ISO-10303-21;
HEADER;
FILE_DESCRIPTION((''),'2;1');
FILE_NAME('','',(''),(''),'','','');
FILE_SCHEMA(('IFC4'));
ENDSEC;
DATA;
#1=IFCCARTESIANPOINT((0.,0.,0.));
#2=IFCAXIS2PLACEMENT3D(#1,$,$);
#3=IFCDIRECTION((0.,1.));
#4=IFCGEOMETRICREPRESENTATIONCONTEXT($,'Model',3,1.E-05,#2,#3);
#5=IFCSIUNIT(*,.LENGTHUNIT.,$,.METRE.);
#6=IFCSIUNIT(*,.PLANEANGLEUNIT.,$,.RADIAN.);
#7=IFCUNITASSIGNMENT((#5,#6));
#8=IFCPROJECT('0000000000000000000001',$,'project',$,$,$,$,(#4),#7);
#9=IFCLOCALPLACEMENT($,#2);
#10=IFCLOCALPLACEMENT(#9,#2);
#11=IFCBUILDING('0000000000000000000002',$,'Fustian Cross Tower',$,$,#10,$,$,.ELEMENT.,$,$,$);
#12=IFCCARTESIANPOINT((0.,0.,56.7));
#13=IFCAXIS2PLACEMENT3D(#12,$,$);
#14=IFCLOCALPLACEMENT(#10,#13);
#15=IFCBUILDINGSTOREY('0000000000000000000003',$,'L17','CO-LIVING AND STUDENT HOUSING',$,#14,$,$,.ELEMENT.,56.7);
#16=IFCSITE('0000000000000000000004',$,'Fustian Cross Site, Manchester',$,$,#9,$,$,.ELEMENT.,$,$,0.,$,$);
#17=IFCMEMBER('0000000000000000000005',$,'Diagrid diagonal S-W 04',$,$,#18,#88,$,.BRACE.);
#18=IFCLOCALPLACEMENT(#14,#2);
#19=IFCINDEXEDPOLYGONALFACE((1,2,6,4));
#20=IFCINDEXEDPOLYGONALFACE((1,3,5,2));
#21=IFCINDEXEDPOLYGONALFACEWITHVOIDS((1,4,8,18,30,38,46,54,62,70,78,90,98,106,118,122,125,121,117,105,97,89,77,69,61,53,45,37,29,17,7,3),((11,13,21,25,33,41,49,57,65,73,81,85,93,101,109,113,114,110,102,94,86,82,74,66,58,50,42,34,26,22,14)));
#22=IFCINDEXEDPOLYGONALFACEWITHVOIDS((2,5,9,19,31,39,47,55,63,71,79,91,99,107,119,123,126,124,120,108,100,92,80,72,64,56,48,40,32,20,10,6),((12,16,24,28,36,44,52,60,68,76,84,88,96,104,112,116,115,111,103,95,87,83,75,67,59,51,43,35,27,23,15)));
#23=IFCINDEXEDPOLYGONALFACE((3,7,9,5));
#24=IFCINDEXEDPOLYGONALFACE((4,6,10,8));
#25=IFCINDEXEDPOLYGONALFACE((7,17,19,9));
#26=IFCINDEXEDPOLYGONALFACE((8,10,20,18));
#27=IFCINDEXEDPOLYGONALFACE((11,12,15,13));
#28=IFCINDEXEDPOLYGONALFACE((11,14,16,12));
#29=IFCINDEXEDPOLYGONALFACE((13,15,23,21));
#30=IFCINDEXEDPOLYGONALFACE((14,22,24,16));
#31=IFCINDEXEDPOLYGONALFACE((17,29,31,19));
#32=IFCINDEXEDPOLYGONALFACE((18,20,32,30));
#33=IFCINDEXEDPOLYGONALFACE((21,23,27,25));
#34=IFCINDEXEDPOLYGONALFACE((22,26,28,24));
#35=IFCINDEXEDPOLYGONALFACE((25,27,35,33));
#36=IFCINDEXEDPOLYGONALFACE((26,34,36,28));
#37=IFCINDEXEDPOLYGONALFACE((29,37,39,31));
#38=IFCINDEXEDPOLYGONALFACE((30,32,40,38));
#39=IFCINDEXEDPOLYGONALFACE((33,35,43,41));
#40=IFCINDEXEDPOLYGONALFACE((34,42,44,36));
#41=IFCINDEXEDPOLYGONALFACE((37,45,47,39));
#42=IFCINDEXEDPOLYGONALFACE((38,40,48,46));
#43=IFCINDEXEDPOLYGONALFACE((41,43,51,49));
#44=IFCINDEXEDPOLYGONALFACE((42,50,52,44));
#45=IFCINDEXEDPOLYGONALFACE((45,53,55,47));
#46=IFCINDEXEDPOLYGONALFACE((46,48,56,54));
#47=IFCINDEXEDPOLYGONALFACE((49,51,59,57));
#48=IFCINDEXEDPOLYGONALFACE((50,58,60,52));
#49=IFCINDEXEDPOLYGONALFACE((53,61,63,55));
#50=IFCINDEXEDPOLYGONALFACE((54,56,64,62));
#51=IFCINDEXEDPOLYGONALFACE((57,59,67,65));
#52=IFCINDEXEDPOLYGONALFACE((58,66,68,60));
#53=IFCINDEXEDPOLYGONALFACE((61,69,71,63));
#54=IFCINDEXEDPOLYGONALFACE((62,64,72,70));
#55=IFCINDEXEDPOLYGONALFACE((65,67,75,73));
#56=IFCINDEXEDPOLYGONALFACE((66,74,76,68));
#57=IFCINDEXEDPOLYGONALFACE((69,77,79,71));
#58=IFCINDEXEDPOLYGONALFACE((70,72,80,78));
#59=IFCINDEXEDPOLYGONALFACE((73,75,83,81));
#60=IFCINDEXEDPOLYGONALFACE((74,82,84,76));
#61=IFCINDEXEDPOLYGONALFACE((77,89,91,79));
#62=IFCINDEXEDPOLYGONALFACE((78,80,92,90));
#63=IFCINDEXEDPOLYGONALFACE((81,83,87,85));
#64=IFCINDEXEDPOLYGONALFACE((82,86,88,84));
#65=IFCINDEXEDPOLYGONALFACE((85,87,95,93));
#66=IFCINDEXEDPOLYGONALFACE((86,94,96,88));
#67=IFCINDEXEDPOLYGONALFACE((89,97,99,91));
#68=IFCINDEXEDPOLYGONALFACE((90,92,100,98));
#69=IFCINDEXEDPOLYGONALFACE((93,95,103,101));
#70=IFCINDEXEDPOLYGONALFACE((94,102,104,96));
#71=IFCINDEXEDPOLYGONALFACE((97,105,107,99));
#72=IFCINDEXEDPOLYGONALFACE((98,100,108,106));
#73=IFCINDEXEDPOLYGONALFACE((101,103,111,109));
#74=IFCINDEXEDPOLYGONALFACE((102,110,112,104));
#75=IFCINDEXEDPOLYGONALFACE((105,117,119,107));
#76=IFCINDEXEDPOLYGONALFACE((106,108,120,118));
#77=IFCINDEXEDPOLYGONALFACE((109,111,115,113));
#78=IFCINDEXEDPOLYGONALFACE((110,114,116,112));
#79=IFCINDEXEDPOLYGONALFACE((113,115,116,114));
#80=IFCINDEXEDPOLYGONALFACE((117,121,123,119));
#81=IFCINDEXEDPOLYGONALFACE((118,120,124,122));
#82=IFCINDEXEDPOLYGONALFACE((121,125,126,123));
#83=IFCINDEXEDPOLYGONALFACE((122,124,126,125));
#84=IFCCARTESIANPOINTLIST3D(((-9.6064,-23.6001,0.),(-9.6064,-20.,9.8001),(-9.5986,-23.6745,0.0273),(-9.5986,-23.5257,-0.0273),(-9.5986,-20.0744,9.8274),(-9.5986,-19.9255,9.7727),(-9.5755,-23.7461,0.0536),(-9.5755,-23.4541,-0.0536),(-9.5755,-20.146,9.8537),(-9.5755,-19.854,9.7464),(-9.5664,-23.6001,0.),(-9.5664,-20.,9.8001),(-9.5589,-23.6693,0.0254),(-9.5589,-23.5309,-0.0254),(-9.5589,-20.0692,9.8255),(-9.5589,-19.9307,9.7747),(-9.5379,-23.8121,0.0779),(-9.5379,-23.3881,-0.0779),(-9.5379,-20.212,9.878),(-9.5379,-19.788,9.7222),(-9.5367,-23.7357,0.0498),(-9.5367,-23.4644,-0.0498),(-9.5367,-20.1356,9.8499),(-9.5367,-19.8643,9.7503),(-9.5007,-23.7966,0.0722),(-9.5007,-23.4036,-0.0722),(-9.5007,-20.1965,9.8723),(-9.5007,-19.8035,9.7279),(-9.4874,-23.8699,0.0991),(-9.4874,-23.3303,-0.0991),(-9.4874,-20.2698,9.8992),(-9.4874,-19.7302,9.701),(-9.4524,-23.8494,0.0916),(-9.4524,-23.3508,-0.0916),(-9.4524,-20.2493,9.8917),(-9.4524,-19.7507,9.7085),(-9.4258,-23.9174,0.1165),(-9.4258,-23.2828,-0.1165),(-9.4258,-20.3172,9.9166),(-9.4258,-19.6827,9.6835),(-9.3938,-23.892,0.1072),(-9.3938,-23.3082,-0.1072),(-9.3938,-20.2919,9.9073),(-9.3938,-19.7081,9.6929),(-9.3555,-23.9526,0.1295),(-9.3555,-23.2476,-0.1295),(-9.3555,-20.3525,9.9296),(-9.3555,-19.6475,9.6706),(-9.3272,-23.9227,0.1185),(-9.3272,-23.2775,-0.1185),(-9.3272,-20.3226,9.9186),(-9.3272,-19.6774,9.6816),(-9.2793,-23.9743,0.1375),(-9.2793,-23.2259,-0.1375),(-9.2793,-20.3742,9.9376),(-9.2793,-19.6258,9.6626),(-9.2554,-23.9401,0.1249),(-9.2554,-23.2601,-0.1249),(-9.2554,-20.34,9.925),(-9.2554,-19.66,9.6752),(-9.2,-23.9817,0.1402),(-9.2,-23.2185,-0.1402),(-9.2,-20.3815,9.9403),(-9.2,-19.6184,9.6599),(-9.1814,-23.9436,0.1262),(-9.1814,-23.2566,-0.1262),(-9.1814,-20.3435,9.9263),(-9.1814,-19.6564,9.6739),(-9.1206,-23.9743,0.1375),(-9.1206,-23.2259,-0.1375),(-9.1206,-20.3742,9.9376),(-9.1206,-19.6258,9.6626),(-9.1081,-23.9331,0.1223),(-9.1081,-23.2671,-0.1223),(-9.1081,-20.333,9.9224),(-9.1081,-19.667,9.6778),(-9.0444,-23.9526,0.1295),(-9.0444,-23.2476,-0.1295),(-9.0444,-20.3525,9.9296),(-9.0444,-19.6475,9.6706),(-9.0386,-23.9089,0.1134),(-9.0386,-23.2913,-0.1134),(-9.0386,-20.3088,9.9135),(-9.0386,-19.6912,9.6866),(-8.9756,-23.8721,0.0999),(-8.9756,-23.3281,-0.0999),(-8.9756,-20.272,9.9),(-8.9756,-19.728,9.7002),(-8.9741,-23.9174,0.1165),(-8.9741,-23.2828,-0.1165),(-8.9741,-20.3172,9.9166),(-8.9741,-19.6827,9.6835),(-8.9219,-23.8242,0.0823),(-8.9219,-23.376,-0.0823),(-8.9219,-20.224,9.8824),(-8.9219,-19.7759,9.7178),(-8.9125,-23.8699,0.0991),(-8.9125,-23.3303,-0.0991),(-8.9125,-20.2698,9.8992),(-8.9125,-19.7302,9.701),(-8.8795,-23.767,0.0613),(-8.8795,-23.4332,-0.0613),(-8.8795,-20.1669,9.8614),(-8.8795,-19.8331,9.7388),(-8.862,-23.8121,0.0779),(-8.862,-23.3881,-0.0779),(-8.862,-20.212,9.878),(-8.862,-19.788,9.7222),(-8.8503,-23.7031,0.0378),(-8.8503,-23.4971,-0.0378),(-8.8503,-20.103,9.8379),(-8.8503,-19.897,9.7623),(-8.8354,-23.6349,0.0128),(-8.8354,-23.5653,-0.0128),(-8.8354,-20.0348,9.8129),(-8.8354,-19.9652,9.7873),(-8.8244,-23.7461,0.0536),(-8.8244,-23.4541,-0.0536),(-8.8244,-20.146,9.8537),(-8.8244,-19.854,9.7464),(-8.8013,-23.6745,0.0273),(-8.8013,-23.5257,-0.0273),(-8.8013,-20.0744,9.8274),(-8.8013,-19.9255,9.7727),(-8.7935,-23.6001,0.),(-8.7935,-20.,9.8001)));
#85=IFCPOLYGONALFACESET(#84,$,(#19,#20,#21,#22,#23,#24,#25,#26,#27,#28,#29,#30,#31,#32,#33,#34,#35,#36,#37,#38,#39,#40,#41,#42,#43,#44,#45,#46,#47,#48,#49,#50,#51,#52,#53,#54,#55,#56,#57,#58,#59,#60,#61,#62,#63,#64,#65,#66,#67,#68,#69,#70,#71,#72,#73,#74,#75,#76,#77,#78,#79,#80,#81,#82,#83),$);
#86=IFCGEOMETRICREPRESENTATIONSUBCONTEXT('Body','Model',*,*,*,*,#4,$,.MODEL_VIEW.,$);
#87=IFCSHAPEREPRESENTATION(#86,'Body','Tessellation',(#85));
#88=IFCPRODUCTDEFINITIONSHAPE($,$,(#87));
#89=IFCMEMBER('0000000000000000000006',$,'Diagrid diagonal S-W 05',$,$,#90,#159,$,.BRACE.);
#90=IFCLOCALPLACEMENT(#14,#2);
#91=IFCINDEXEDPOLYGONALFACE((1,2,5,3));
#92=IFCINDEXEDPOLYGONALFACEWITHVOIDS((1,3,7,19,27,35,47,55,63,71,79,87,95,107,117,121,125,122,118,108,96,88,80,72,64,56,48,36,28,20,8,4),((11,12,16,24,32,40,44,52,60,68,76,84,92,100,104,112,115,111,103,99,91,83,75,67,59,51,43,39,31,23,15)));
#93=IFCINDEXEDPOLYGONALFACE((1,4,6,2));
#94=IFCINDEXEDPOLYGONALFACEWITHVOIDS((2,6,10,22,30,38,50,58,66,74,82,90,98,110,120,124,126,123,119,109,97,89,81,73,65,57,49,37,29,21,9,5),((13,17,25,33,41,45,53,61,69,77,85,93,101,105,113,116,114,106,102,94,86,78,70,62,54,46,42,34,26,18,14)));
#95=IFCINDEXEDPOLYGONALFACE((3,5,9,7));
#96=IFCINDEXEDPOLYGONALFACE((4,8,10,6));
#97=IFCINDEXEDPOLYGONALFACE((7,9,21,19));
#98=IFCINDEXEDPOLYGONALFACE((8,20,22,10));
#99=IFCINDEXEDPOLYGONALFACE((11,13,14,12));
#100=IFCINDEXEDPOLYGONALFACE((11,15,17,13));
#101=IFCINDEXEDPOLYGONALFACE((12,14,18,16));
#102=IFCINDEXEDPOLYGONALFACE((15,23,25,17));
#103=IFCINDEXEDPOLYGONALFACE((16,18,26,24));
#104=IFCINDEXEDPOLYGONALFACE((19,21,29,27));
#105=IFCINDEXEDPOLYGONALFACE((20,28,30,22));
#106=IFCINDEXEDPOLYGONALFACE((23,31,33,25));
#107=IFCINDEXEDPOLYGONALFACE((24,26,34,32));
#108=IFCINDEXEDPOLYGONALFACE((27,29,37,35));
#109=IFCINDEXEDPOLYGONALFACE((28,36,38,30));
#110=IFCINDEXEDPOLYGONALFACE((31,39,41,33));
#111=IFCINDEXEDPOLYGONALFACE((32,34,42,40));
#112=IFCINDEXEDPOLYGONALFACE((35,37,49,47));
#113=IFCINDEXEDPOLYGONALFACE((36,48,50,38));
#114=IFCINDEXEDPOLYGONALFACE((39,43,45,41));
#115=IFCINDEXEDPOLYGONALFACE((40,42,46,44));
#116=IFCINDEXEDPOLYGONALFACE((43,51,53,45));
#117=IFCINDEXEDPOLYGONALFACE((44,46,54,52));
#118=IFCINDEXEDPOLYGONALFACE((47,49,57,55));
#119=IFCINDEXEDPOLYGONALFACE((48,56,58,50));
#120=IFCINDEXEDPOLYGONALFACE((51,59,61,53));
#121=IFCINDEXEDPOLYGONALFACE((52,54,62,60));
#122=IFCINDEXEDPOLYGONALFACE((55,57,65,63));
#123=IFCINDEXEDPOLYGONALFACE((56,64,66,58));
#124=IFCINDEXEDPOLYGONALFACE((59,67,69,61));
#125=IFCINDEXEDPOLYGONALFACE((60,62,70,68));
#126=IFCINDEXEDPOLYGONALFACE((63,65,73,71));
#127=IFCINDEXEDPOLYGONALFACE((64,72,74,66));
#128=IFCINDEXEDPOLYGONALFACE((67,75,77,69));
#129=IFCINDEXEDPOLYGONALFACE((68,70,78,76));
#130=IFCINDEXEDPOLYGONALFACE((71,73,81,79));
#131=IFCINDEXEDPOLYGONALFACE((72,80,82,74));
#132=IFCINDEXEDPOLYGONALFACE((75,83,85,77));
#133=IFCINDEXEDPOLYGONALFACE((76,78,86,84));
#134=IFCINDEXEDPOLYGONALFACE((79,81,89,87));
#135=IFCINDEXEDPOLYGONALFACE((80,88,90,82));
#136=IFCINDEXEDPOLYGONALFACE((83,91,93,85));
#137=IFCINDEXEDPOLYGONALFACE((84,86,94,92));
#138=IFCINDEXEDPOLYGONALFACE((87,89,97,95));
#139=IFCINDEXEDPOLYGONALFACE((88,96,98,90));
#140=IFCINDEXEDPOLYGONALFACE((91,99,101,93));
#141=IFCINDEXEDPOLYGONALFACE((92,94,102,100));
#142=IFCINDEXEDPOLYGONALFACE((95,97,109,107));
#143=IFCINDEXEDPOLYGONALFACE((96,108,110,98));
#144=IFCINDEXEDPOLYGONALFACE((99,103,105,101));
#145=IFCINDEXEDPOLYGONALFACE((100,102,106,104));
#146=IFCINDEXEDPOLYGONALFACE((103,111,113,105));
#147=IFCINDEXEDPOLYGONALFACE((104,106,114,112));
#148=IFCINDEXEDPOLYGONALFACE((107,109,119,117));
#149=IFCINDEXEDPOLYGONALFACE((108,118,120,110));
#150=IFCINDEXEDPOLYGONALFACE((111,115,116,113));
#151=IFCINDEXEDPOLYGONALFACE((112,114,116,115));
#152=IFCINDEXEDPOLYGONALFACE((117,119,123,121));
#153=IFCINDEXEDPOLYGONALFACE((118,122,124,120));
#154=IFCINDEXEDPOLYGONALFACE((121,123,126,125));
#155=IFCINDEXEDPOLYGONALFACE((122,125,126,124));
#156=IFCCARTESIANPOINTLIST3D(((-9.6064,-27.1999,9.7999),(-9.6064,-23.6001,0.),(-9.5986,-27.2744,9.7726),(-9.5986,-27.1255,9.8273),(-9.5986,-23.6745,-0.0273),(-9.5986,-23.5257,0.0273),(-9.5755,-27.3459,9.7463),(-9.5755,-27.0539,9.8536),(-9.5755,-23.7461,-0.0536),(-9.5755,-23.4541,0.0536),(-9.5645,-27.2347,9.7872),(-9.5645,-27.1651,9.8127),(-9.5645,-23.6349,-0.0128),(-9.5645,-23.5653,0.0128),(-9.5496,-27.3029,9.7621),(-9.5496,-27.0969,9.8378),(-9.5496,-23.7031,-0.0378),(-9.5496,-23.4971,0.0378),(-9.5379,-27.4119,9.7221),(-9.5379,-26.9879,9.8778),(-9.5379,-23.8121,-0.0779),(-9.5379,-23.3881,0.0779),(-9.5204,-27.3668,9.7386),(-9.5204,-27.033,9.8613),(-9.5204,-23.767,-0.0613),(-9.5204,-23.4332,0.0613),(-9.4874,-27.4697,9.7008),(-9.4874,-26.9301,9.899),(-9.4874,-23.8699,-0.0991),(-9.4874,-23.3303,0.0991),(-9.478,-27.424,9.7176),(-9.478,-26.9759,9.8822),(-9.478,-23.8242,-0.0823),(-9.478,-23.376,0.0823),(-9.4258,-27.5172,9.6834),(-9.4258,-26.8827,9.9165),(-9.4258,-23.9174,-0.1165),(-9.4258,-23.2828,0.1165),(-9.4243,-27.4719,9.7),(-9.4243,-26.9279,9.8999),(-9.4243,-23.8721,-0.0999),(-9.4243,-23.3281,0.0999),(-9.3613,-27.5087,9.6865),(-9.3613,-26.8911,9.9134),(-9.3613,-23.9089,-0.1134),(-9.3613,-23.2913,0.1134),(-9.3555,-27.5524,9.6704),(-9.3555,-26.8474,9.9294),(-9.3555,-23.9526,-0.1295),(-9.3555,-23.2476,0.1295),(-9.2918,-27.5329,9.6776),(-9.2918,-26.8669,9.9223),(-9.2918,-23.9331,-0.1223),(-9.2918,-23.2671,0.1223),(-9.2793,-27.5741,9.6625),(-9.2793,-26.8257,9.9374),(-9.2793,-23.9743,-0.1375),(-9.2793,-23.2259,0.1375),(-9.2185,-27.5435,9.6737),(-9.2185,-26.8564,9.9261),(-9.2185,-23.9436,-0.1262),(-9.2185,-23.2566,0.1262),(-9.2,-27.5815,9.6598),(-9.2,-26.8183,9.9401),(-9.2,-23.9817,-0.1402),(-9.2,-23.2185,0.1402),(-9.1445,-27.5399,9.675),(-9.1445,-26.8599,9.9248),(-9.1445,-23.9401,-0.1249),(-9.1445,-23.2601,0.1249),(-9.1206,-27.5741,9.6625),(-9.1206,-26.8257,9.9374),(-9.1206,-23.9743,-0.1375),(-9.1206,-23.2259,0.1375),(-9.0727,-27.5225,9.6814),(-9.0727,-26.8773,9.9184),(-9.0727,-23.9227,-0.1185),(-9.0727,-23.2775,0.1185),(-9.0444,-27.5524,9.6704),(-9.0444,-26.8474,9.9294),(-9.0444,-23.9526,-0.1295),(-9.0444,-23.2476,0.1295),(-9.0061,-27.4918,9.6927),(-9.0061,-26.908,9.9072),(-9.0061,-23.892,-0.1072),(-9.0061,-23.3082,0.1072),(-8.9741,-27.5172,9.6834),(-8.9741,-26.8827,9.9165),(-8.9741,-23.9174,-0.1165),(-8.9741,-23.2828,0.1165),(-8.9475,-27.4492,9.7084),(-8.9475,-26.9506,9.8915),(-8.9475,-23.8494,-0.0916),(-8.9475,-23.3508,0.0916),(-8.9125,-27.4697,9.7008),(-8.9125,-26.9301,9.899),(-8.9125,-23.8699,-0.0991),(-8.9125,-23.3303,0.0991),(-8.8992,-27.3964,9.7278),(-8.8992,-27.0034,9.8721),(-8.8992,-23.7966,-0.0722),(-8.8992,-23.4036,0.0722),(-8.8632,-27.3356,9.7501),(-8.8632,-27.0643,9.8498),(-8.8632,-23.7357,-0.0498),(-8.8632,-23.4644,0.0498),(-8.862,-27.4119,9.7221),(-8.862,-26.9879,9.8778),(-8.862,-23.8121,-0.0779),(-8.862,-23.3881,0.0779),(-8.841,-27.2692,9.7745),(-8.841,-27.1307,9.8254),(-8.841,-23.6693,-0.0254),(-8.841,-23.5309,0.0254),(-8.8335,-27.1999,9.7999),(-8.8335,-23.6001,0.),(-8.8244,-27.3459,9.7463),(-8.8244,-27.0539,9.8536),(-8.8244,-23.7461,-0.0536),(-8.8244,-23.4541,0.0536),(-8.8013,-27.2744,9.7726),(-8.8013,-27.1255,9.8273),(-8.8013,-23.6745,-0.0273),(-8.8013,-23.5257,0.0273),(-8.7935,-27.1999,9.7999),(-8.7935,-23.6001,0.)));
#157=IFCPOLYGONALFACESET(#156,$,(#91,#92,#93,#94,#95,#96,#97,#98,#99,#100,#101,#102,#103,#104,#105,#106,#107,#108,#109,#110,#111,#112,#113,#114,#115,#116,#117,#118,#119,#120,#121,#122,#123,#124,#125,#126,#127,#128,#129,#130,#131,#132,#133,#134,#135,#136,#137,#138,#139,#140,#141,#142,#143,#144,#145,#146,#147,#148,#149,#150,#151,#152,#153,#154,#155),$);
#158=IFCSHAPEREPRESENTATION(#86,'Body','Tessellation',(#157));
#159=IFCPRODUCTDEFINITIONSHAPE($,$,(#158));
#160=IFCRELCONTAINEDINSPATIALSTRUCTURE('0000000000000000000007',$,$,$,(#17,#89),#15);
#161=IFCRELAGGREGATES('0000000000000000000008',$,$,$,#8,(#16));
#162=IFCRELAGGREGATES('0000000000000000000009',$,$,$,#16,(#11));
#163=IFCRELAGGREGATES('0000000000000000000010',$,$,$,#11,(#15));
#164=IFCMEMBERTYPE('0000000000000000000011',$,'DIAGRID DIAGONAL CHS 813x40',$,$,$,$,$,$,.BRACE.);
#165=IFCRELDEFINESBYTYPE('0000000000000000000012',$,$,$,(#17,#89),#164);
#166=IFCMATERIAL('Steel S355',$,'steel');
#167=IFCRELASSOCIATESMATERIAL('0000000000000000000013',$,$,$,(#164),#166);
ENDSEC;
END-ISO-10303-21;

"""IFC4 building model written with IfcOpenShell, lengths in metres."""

from ifc_helpers import new_model, si_unit, direction, frame, origin, origin_2d, place, context, subcontext, project, spatial, hollow_circle, extrude, material, material_profile, profile_set, type_object, element, save


model = new_model("IFC4")

# Units and contexts
model_context = context("Model", 3, precision=1e-05, world=origin(), true_north=direction((0.0, 1.0)))
body_context = subcontext(model_context, "Body", "Model", "MODEL_VIEW")
ifc_project = project(units=[si_unit("LENGTHUNIT", "METRE"), si_unit("PLANEANGLEUNIT", "RADIAN")], contexts=[model_context])

# Site, building, storey
site_placement = place(None, origin())
site = spatial("IfcSite", under=ifc_project, at=site_placement, Name="Fustian Cross Site, Manchester", CompositionType="ELEMENT", RefElevation=0.0)
building_placement = place(site_placement, origin())
building = spatial("IfcBuilding", under=site, at=building_placement, Name="Fustian Cross Tower", CompositionType="ELEMENT")
storey_placement = place(building_placement, frame((0.0, 0.0, 56.7)))
storey = spatial("IfcBuildingStorey", under=building, at=storey_placement, Name="L17", Description="CO-LIVING AND STUDENT HOUSING", CompositionType="ELEMENT", Elevation=56.7)

# Members
ifc_material_1 = material(Name="Steel S355", Category="steel")
ifc_material_profile_1 = material_profile(ifc_material_1, hollow_circle(Radius=0.4065, WallThickness=0.04, at=origin_2d()), Name="CHS 813x40")
ifc_profile_set_1 = profile_set([ifc_material_profile_1], Name="Steel S355")
member_type_1 = type_object("IfcMemberType", Name="DIAGRID DIAGONAL CHS 813x40", PredefinedType="BRACE", material=ifc_profile_set_1)
for number, where, z_axis, x_axis, name in (
    (1, (-9.2, -23.6001, 0.0), (0.0, 0.344824, 0.938667), (-1.0, 0.0, 0.0), "Diagrid diagonal S-W 04"),
):
    element("IfcMember", number, at=place(storey_placement, frame(where, z_axis=z_axis, x_axis=x_axis)), inside=storey, type_object=member_type_1, Name=name, PredefinedType="BRACE", context=body_context, shape_type="SweptSolid", body=[
        extrude(hollow_circle(Radius=0.4065, WallThickness=0.04, at=origin_2d()), origin(), (0.0, 0.0, 1.0), 10.4404),
    ])
member_1_placement = place(storey_placement, frame((-9.2, -23.6001, 0.0), z_axis=(0.0, -0.344804, 0.938675), x_axis=(1.0, 0.0, 0.0)))
element("IfcMember", 2, at=member_1_placement, inside=storey, type_object=member_type_1, Name="Diagrid diagonal S-W 05", PredefinedType="BRACE", context=body_context, shape_type="SweptSolid", body=[
    extrude(hollow_circle(Radius=0.4065, WallThickness=0.04, at=origin_2d()), origin(), (0.0, 0.0, 1.0), 10.4402),
])

save(model, "model.ifc")
